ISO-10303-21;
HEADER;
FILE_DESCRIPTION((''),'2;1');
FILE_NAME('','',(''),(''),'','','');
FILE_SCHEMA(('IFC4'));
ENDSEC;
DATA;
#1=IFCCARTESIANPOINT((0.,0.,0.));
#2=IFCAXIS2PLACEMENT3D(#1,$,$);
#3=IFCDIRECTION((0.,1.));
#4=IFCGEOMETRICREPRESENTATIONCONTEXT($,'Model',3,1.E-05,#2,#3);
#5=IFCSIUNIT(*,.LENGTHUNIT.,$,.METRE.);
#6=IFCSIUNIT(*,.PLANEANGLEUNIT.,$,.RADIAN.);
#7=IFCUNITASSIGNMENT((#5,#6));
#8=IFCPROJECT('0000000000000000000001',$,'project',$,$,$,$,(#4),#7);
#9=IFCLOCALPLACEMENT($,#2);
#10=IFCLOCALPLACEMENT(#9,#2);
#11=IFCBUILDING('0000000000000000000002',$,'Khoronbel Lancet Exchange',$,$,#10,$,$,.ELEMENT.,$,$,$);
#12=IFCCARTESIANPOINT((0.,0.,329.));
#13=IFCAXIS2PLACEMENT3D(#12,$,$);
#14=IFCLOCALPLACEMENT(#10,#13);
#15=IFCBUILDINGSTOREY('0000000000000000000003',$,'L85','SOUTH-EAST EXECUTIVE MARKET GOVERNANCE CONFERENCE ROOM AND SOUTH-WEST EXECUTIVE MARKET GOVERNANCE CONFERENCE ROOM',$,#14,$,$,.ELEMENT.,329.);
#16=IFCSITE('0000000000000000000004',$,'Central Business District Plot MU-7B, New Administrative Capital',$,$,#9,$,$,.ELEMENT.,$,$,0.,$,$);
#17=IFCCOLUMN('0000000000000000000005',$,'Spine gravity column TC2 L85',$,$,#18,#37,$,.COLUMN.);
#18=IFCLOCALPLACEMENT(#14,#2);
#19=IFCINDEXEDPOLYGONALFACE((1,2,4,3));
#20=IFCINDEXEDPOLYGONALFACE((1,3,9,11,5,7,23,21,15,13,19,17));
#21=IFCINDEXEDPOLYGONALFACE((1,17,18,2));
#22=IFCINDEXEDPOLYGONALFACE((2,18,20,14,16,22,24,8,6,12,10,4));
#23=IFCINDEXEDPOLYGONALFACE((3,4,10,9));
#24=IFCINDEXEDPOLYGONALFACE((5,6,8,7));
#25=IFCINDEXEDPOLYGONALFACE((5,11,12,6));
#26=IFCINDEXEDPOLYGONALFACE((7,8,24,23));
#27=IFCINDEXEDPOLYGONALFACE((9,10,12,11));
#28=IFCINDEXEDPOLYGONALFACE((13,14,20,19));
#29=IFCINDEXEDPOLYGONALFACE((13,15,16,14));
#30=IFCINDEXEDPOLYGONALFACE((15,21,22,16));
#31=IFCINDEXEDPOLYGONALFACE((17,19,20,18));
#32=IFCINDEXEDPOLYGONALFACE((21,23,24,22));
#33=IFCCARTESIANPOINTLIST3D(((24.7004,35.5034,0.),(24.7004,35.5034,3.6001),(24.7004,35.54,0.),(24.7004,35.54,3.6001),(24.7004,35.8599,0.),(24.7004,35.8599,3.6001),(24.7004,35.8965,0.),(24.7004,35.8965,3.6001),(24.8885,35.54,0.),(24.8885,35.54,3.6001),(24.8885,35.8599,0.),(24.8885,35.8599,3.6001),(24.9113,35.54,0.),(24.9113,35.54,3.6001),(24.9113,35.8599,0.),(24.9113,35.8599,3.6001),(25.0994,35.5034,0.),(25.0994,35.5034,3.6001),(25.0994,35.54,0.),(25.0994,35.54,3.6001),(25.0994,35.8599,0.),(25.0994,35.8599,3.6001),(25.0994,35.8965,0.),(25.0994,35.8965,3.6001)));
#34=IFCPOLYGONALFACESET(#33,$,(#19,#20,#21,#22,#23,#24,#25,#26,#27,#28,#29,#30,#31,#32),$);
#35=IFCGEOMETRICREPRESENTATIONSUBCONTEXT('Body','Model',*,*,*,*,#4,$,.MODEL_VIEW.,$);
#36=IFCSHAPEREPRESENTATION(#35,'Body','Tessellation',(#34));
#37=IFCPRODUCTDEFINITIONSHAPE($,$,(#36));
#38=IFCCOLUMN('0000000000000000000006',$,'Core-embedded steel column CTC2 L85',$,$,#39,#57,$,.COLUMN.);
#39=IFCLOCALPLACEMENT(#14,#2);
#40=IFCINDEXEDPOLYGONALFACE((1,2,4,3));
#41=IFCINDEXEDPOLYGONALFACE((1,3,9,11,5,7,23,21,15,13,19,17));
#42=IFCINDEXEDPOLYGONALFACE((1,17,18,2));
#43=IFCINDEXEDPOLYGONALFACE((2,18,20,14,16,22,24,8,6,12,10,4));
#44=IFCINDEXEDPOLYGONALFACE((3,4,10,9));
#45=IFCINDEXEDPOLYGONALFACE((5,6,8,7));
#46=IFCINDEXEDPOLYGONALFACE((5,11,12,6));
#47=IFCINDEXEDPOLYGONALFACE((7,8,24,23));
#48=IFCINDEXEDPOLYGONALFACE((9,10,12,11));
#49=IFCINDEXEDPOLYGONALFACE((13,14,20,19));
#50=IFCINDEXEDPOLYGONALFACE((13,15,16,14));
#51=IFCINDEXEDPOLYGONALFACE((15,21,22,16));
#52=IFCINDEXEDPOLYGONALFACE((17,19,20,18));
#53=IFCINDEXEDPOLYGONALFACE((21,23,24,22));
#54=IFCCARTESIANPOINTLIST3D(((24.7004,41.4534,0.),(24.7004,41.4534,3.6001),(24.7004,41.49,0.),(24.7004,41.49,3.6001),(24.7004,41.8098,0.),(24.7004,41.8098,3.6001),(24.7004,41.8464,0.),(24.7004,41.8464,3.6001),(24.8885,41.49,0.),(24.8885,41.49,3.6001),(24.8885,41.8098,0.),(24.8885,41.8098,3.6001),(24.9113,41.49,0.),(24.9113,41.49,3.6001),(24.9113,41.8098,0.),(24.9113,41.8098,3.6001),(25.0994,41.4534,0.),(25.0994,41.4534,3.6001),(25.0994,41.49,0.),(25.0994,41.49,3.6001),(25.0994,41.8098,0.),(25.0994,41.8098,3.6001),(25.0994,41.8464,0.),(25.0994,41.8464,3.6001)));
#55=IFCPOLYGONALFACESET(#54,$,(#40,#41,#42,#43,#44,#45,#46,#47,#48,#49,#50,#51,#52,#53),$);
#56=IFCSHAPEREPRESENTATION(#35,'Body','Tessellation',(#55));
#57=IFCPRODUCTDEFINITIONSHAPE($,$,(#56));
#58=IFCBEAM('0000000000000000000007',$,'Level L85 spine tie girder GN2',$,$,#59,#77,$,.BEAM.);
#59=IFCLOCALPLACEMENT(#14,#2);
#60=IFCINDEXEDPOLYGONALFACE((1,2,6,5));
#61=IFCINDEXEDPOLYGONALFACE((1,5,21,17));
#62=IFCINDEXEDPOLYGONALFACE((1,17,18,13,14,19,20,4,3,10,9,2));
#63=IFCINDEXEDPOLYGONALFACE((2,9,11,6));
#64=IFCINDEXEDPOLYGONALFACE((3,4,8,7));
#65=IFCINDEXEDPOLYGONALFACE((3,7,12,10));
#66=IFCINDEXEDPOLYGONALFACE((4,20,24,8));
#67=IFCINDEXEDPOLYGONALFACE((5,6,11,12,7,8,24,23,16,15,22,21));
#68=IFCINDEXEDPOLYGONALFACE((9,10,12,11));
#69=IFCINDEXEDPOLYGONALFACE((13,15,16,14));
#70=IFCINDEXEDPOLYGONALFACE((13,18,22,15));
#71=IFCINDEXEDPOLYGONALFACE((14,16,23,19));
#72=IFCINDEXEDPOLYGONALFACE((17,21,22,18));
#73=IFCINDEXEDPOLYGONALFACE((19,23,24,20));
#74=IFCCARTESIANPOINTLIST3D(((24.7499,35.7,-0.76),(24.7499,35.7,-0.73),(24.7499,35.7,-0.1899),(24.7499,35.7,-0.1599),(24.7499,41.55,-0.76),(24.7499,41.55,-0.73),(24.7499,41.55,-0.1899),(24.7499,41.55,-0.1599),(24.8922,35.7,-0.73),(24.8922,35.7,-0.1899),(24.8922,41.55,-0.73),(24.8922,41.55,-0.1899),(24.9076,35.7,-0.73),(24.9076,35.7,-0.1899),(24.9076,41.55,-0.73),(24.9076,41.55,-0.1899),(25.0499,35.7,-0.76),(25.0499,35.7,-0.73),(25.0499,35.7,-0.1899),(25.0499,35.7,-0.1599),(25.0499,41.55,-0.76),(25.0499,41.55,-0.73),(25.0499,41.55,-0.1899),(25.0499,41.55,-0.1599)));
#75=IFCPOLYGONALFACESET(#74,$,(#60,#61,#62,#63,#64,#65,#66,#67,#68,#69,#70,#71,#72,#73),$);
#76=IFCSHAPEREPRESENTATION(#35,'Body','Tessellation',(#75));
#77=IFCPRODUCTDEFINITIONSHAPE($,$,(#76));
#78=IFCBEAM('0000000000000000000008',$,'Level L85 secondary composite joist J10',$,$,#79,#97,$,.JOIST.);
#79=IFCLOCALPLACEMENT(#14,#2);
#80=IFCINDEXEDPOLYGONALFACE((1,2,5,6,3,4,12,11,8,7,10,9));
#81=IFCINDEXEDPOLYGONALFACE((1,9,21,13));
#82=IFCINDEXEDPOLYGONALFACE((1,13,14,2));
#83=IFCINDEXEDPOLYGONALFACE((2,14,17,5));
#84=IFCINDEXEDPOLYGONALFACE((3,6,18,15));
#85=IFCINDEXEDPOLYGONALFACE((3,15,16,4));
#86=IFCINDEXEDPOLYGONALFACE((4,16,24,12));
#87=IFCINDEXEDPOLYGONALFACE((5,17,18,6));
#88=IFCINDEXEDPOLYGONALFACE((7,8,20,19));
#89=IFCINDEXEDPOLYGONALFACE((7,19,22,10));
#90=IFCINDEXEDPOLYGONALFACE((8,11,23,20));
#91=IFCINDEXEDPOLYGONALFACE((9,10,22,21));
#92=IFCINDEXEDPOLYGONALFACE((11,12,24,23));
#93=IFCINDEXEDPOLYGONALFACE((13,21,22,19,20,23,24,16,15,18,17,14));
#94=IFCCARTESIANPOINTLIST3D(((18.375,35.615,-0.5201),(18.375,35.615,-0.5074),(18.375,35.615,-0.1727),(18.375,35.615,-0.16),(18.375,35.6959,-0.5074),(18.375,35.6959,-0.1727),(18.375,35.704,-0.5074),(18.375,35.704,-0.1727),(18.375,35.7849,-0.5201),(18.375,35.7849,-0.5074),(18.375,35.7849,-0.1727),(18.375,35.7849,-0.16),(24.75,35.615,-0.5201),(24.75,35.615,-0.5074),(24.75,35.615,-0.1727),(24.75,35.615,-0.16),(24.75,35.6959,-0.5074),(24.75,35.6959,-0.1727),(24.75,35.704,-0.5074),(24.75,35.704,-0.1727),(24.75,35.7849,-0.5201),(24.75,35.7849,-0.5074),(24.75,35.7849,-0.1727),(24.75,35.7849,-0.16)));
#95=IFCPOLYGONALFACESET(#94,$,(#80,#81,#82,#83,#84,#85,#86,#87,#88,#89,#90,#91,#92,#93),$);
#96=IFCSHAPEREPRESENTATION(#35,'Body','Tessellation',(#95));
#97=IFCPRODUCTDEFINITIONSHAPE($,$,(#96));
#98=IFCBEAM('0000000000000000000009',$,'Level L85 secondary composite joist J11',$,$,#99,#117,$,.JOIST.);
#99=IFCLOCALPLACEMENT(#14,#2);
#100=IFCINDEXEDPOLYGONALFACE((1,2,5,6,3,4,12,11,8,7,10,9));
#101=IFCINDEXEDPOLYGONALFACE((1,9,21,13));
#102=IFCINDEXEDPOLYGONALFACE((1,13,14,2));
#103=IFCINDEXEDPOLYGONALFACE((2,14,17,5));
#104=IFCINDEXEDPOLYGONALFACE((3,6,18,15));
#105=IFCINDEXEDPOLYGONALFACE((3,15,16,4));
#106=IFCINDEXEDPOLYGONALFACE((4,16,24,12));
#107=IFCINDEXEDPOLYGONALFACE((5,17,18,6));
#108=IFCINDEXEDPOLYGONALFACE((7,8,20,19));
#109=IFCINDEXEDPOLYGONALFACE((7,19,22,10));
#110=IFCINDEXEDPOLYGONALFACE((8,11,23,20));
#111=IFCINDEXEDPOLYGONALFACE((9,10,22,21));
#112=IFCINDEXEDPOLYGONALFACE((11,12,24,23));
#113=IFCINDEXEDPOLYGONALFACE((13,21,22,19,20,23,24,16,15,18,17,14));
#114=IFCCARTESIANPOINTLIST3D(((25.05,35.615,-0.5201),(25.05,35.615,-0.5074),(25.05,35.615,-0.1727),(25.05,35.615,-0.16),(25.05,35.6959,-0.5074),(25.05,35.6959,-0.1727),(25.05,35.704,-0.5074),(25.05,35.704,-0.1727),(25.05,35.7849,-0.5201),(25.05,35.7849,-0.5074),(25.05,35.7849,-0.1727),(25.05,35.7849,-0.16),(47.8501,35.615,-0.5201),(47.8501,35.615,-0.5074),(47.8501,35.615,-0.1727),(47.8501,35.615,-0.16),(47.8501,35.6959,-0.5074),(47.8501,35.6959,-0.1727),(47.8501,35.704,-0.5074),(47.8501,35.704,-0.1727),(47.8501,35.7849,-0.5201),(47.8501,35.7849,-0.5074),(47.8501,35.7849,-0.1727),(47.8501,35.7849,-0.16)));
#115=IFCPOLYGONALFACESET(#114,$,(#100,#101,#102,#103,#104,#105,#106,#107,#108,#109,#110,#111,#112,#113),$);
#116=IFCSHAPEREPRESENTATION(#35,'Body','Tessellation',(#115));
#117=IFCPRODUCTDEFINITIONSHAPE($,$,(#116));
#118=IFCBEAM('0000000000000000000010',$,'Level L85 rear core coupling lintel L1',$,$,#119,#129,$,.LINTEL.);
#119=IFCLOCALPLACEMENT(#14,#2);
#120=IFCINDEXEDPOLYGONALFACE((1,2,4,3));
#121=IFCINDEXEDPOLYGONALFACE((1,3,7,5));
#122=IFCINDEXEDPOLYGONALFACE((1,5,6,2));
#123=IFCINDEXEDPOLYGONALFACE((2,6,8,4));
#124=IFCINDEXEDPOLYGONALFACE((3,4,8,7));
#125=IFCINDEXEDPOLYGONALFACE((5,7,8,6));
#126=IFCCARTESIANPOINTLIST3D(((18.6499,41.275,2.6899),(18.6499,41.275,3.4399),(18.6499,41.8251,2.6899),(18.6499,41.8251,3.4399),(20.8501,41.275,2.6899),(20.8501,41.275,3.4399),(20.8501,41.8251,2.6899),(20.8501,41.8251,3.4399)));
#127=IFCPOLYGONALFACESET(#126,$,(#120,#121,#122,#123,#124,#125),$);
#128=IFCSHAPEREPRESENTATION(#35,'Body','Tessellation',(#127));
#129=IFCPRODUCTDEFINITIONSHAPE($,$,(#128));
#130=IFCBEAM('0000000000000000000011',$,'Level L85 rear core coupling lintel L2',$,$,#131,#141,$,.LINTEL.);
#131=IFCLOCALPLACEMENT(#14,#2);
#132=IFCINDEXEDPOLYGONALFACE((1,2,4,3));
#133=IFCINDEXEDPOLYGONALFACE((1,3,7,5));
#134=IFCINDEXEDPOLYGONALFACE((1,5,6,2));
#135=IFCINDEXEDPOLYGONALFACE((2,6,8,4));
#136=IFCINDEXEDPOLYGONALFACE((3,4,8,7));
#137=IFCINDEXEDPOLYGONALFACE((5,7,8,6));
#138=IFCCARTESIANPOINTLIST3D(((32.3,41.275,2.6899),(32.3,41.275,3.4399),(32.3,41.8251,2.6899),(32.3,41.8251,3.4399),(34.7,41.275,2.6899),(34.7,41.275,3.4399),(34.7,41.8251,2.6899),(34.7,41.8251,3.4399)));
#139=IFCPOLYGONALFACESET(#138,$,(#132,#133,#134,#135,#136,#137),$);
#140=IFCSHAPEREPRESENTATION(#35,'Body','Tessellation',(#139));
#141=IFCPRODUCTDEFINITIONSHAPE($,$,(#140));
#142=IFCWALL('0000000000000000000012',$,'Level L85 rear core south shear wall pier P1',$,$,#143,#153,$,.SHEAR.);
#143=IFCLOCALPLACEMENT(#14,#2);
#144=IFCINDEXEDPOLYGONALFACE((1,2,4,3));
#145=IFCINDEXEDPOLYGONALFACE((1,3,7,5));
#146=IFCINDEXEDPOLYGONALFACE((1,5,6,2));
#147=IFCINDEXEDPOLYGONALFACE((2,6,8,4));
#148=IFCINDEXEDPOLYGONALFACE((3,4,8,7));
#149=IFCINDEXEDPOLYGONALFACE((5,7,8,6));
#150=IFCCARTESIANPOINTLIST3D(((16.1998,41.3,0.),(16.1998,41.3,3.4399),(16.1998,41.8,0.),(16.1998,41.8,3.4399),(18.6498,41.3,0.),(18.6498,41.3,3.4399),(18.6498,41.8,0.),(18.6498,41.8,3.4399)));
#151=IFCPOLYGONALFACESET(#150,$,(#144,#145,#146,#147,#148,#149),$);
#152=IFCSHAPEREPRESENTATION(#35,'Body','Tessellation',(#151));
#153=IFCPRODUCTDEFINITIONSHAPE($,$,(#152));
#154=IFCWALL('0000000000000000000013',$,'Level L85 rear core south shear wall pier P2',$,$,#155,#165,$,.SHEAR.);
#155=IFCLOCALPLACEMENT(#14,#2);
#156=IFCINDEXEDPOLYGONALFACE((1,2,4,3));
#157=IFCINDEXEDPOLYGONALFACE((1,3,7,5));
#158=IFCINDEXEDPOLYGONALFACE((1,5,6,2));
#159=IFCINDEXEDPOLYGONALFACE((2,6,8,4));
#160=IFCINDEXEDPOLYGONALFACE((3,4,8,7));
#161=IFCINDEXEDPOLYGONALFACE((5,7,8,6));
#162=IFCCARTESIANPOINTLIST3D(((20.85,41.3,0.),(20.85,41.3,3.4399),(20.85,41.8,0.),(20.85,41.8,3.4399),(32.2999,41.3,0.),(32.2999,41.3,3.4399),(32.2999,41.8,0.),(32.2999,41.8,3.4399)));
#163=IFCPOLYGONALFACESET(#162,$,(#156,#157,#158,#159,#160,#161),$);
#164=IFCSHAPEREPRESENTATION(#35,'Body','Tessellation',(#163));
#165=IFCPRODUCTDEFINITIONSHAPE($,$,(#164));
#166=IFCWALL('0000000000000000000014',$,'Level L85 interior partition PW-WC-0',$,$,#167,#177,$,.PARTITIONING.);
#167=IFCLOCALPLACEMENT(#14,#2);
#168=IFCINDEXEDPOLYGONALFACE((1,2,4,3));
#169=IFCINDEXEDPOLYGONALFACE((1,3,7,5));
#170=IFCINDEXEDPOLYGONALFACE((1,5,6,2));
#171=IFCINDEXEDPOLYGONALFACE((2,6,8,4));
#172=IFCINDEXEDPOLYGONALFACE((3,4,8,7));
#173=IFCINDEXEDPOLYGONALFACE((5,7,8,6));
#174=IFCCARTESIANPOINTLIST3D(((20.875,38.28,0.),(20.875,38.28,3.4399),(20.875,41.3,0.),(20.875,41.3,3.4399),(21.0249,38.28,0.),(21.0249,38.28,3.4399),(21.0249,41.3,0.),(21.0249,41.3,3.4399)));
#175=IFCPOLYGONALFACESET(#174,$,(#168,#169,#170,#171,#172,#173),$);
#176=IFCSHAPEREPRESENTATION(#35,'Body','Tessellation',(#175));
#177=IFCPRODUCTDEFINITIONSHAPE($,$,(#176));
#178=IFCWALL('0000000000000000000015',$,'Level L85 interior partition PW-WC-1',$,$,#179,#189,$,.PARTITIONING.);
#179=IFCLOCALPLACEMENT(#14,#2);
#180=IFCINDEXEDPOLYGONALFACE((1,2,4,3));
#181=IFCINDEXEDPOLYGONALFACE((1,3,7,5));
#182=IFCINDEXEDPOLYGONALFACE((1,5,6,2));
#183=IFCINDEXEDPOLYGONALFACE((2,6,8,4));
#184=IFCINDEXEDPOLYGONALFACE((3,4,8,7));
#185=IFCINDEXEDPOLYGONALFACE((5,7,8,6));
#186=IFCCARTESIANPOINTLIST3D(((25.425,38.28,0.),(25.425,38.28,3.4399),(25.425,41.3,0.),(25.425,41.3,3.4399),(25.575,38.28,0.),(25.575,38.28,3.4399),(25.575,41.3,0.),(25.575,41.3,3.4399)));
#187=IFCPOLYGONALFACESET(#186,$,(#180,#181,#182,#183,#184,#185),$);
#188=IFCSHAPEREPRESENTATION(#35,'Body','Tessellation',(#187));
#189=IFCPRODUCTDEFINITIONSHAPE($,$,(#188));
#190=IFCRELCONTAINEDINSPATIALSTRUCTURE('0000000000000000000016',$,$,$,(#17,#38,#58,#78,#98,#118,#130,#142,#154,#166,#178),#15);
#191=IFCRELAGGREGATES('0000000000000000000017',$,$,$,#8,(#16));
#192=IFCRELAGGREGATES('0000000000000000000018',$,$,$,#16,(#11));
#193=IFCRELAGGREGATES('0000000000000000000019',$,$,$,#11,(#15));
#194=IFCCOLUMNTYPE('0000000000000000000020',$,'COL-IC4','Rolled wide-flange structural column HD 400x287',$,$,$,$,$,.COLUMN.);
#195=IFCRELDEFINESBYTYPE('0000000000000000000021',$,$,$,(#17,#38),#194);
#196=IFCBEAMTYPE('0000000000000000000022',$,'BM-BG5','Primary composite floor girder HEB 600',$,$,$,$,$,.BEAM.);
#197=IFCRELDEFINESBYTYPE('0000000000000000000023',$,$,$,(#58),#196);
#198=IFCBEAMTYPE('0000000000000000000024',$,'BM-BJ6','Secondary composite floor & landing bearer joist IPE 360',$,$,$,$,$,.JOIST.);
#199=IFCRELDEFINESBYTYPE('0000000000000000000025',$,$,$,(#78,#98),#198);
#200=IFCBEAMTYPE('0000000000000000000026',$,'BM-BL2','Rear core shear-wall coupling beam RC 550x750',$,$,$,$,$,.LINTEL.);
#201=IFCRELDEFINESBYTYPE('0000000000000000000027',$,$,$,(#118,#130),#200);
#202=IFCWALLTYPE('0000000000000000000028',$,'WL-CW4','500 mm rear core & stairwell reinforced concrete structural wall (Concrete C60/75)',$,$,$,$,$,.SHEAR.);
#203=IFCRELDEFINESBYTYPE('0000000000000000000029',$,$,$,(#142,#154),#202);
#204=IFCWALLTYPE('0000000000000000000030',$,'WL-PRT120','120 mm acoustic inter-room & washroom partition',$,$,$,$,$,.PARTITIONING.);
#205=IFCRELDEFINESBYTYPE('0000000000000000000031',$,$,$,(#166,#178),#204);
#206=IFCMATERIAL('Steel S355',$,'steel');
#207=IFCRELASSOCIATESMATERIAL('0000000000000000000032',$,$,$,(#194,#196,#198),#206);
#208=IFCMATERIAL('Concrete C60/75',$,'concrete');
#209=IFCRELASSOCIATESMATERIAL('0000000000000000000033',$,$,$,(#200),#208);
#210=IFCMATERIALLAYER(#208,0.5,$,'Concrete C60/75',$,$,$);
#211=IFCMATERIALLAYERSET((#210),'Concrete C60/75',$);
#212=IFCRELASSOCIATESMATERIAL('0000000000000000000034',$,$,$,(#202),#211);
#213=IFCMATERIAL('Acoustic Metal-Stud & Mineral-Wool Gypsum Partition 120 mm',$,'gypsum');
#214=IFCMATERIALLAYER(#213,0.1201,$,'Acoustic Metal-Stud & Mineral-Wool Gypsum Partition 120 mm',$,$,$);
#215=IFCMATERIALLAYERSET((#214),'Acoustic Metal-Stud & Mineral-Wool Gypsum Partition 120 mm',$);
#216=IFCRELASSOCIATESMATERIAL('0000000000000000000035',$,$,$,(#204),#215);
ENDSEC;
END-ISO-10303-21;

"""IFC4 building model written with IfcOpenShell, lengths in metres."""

from ifc_helpers import new_model, si_unit, direction, frame, frame_2d, origin, origin_2d, place, context, subcontext, project, spatial, rectangle, i_section, extrude, material, layer, layer_set, material_profile, profile_set, type_object, element, save


model = new_model("IFC4")

# Units and contexts
model_context = context("Model", 3, precision=1e-05, world=origin(), true_north=direction((0.0, 1.0)))
body_context = subcontext(model_context, "Body", "Model", "MODEL_VIEW")
ifc_project = project(units=[si_unit("LENGTHUNIT", "METRE"), si_unit("PLANEANGLEUNIT", "RADIAN")], contexts=[model_context])

# Site, building, storey
site_placement = place(None, origin())
site = spatial("IfcSite", under=ifc_project, at=site_placement, Name="Central Business District Plot MU-7B, New Administrative Capital", CompositionType="ELEMENT", RefElevation=0.0)
building_placement = place(site_placement, origin())
building = spatial("IfcBuilding", under=site, at=building_placement, Name="Khoronbel Lancet Exchange", CompositionType="ELEMENT")
storey_placement = place(building_placement, frame((0.0, 0.0, 329.0)))
storey = spatial("IfcBuildingStorey", under=building, at=storey_placement, Name="L85", Description="SOUTH-EAST EXECUTIVE MARKET GOVERNANCE CONFERENCE ROOM AND SOUTH-WEST EXECUTIVE MARKET GOVERNANCE CONFERENCE ROOM", CompositionType="ELEMENT", Elevation=329.0)

# Columns
ifc_material_1 = material(Name="Steel S355", Category="steel")
ifc_material_profile_1 = material_profile(ifc_material_1, i_section(OverallWidth=0.3989, OverallDepth=0.3931, WebThickness=0.0227, FlangeThickness=0.0366, at=origin_2d()), Name="HD 400x287")
ifc_profile_set_1 = profile_set([ifc_material_profile_1], Name="Steel S355")
column_type = type_object("IfcColumnType", Name="COL-IC4", Description="Rolled wide-flange structural column HD 400x287", PredefinedType="COLUMN", material=ifc_profile_set_1)
for number, where, z_axis, x_axis, name in (
    (1, (24.8999, 35.7, 0.0), (0.0, 0.0, 1.0), (1.0, 0.0, 0.0), "Spine gravity column TC2 L85"),
    (2, (24.8999, 41.6499, 0.0), (0.0, 0.0, 1.0), (1.0, 0.0, 0.0), "Core-embedded steel column CTC2 L85"),
):
    element("IfcColumn", number, at=place(storey_placement, frame(where, z_axis=z_axis, x_axis=x_axis)), inside=storey, type_object=column_type, Name=name, PredefinedType="COLUMN", context=body_context, shape_type="SweptSolid", body=[
        extrude(i_section(OverallWidth=0.3989, OverallDepth=0.3931, WebThickness=0.0227, FlangeThickness=0.0366, at=origin_2d()), origin(), (0.0, 0.0, 1.0), 3.6001),
    ])

# Beams
ifc_material_profile_2 = material_profile(ifc_material_1, i_section(OverallWidth=0.3, OverallDepth=0.6001, WebThickness=0.0154, FlangeThickness=0.03, at=origin_2d()), Name="HEB 600")
ifc_profile_set_2 = profile_set([ifc_material_profile_2], Name="Steel S355")
beam_type_1 = type_object("IfcBeamType", Name="BM-BG5", Description="Primary composite floor girder HEB 600", PredefinedType="BEAM", material=ifc_profile_set_2)
beam_1_placement = place(storey_placement, frame((24.8999, 35.7, -0.46), z_axis=(0.0, 1.0, 0.0), x_axis=(-1.0, 0.0, 0.0)))
element("IfcBeam", 3, at=beam_1_placement, inside=storey, type_object=beam_type_1, Name="Level L85 spine tie girder GN2", PredefinedType="BEAM", context=body_context, shape_type="SweptSolid", body=[
    extrude(i_section(OverallWidth=0.3, OverallDepth=0.6001, WebThickness=0.0154, FlangeThickness=0.03, at=origin_2d()), origin(), (0.0, 0.0, 1.0), 5.8501),
])
ifc_material_profile_3 = material_profile(ifc_material_1, i_section(OverallWidth=0.1699, OverallDepth=0.3601, WebThickness=0.0081, FlangeThickness=0.0127, at=origin_2d()), Name="IPE 360")
ifc_profile_set_3 = profile_set([ifc_material_profile_3], Name="Steel S355")
beam_type_2 = type_object("IfcBeamType", Name="BM-BJ6", Description="Secondary composite floor & landing bearer joist IPE 360", PredefinedType="JOIST", material=ifc_profile_set_3)
beam_2_placement = place(storey_placement, frame((18.375, 35.7, -0.3401), z_axis=(1.0, 0.0, 0.0), x_axis=(0.0, 1.0, 0.0)))
element("IfcBeam", 4, at=beam_2_placement, inside=storey, type_object=beam_type_2, Name="Level L85 secondary composite joist J10", PredefinedType="JOIST", context=body_context, shape_type="SweptSolid", body=[
    extrude(i_section(OverallWidth=0.1699, OverallDepth=0.3601, WebThickness=0.0081, FlangeThickness=0.0127, at=origin_2d()), origin(), (0.0, 0.0, 1.0), 6.375),
])
beam_3_placement = place(storey_placement, frame((25.05, 35.7, -0.3401), z_axis=(1.0, 0.0, 0.0), x_axis=(0.0, 1.0, 0.0)))
element("IfcBeam", 5, at=beam_3_placement, inside=storey, type_object=beam_type_2, Name="Level L85 secondary composite joist J11", PredefinedType="JOIST", context=body_context, shape_type="SweptSolid", body=[
    extrude(i_section(OverallWidth=0.1699, OverallDepth=0.3601, WebThickness=0.0081, FlangeThickness=0.0127, at=origin_2d()), origin(), (0.0, 0.0, 1.0), 22.8),
])
ifc_material_2 = material(Name="Concrete C60/75", Category="concrete")
ifc_material_profile_4 = material_profile(ifc_material_2, rectangle(XDim=0.55, YDim=0.75, at=origin_2d()), Name="RC 550x750")
ifc_profile_set_4 = profile_set([ifc_material_profile_4], Name="Concrete C60/75")
beam_type_3 = type_object("IfcBeamType", Name="BM-BL2", Description="Rear core shear-wall coupling beam RC 550x750", PredefinedType="LINTEL", material=ifc_profile_set_4)
beam_4_placement = place(storey_placement, frame((18.6499, 41.55, 3.0649), z_axis=(1.0, 0.0, 0.0), x_axis=(0.0, 1.0, 0.0)))
element("IfcBeam", 6, at=beam_4_placement, inside=storey, type_object=beam_type_3, Name="Level L85 rear core coupling lintel L1", PredefinedType="LINTEL", context=body_context, shape_type="SweptSolid", body=[
    extrude(rectangle(XDim=0.55, YDim=0.75, at=origin_2d()), origin(), (0.0, 0.0, 1.0), 2.2002),
])
beam_5_placement = place(storey_placement, frame((32.3, 41.55, 3.0649), z_axis=(1.0, 0.0, 0.0), x_axis=(0.0, 1.0, 0.0)))
element("IfcBeam", 7, at=beam_5_placement, inside=storey, type_object=beam_type_3, Name="Level L85 rear core coupling lintel L2", PredefinedType="LINTEL", context=body_context, shape_type="SweptSolid", body=[
    extrude(rectangle(XDim=0.55, YDim=0.75, at=origin_2d()), origin(), (0.0, 0.0, 1.0), 2.3999),
])

# Walls
ifc_layer_1 = layer(ifc_material_2, 0.5, Name="Concrete C60/75")
ifc_layer_set_1 = layer_set([ifc_layer_1], Name="Concrete C60/75")
wall_type_1 = type_object("IfcWallType", Name="WL-CW4", Description="500 mm rear core & stairwell reinforced concrete structural wall (Concrete C60/75)", PredefinedType="SHEAR", material=ifc_layer_set_1)
wall_1_placement = place(storey_placement, frame((18.6499, 41.55, 0.0), z_axis=(0.0, 0.0, 1.0), x_axis=(-1.0, 0.0, 0.0)))
element("IfcWall", 8, at=wall_1_placement, inside=storey, type_object=wall_type_1, Name="Level L85 rear core south shear wall pier P1", PredefinedType="SHEAR", context=body_context, shape_type="SweptSolid", body=[
    extrude(rectangle(XDim=2.45, YDim=0.5, at=frame_2d((1.2251, 0.0))), origin(), (0.0, 0.0, 1.0), 3.4399),
])
wall_2_placement = place(storey_placement, frame((32.3, 41.55, 0.0), z_axis=(0.0, 0.0, 1.0), x_axis=(-1.0, 0.0, 0.0)))
element("IfcWall", 9, at=wall_2_placement, inside=storey, type_object=wall_type_1, Name="Level L85 rear core south shear wall pier P2", PredefinedType="SHEAR", context=body_context, shape_type="SweptSolid", body=[
    extrude(rectangle(XDim=11.45, YDim=0.5, at=frame_2d((5.7251, 0.0))), origin(), (0.0, 0.0, 1.0), 3.4399),
])
ifc_material_3 = material(Name="Acoustic Metal-Stud & Mineral-Wool Gypsum Partition 120 mm", Category="gypsum")
ifc_layer_2 = layer(ifc_material_3, 0.1201, Name="Acoustic Metal-Stud & Mineral-Wool Gypsum Partition 120 mm")
ifc_layer_set_2 = layer_set([ifc_layer_2], Name="Acoustic Metal-Stud & Mineral-Wool Gypsum Partition 120 mm")
wall_type_2 = type_object("IfcWallType", Name="WL-PRT120", Description="120 mm acoustic inter-room & washroom partition", PredefinedType="PARTITIONING", material=ifc_layer_set_2)
for number, where, z_axis, x_axis, name in (
    (10, (20.95, 38.28, 0.0), (0.0, 0.0, 1.0), (0.0, 1.0, 0.0), "Level L85 interior partition PW-WC-0"),
    (11, (25.5, 38.28, 0.0), (0.0, 0.0, 1.0), (0.0, 1.0, 0.0), "Level L85 interior partition PW-WC-1"),
):
    element("IfcWall", number, at=place(storey_placement, frame(where, z_axis=z_axis, x_axis=x_axis)), inside=storey, type_object=wall_type_2, Name=name, PredefinedType="PARTITIONING", context=body_context, shape_type="SweptSolid", body=[
        extrude(rectangle(XDim=3.02, YDim=0.1499, at=frame_2d((1.51, 0.0))), origin(), (0.0, 0.0, 1.0), 3.4399),
    ])

save(model, "model.ifc")
